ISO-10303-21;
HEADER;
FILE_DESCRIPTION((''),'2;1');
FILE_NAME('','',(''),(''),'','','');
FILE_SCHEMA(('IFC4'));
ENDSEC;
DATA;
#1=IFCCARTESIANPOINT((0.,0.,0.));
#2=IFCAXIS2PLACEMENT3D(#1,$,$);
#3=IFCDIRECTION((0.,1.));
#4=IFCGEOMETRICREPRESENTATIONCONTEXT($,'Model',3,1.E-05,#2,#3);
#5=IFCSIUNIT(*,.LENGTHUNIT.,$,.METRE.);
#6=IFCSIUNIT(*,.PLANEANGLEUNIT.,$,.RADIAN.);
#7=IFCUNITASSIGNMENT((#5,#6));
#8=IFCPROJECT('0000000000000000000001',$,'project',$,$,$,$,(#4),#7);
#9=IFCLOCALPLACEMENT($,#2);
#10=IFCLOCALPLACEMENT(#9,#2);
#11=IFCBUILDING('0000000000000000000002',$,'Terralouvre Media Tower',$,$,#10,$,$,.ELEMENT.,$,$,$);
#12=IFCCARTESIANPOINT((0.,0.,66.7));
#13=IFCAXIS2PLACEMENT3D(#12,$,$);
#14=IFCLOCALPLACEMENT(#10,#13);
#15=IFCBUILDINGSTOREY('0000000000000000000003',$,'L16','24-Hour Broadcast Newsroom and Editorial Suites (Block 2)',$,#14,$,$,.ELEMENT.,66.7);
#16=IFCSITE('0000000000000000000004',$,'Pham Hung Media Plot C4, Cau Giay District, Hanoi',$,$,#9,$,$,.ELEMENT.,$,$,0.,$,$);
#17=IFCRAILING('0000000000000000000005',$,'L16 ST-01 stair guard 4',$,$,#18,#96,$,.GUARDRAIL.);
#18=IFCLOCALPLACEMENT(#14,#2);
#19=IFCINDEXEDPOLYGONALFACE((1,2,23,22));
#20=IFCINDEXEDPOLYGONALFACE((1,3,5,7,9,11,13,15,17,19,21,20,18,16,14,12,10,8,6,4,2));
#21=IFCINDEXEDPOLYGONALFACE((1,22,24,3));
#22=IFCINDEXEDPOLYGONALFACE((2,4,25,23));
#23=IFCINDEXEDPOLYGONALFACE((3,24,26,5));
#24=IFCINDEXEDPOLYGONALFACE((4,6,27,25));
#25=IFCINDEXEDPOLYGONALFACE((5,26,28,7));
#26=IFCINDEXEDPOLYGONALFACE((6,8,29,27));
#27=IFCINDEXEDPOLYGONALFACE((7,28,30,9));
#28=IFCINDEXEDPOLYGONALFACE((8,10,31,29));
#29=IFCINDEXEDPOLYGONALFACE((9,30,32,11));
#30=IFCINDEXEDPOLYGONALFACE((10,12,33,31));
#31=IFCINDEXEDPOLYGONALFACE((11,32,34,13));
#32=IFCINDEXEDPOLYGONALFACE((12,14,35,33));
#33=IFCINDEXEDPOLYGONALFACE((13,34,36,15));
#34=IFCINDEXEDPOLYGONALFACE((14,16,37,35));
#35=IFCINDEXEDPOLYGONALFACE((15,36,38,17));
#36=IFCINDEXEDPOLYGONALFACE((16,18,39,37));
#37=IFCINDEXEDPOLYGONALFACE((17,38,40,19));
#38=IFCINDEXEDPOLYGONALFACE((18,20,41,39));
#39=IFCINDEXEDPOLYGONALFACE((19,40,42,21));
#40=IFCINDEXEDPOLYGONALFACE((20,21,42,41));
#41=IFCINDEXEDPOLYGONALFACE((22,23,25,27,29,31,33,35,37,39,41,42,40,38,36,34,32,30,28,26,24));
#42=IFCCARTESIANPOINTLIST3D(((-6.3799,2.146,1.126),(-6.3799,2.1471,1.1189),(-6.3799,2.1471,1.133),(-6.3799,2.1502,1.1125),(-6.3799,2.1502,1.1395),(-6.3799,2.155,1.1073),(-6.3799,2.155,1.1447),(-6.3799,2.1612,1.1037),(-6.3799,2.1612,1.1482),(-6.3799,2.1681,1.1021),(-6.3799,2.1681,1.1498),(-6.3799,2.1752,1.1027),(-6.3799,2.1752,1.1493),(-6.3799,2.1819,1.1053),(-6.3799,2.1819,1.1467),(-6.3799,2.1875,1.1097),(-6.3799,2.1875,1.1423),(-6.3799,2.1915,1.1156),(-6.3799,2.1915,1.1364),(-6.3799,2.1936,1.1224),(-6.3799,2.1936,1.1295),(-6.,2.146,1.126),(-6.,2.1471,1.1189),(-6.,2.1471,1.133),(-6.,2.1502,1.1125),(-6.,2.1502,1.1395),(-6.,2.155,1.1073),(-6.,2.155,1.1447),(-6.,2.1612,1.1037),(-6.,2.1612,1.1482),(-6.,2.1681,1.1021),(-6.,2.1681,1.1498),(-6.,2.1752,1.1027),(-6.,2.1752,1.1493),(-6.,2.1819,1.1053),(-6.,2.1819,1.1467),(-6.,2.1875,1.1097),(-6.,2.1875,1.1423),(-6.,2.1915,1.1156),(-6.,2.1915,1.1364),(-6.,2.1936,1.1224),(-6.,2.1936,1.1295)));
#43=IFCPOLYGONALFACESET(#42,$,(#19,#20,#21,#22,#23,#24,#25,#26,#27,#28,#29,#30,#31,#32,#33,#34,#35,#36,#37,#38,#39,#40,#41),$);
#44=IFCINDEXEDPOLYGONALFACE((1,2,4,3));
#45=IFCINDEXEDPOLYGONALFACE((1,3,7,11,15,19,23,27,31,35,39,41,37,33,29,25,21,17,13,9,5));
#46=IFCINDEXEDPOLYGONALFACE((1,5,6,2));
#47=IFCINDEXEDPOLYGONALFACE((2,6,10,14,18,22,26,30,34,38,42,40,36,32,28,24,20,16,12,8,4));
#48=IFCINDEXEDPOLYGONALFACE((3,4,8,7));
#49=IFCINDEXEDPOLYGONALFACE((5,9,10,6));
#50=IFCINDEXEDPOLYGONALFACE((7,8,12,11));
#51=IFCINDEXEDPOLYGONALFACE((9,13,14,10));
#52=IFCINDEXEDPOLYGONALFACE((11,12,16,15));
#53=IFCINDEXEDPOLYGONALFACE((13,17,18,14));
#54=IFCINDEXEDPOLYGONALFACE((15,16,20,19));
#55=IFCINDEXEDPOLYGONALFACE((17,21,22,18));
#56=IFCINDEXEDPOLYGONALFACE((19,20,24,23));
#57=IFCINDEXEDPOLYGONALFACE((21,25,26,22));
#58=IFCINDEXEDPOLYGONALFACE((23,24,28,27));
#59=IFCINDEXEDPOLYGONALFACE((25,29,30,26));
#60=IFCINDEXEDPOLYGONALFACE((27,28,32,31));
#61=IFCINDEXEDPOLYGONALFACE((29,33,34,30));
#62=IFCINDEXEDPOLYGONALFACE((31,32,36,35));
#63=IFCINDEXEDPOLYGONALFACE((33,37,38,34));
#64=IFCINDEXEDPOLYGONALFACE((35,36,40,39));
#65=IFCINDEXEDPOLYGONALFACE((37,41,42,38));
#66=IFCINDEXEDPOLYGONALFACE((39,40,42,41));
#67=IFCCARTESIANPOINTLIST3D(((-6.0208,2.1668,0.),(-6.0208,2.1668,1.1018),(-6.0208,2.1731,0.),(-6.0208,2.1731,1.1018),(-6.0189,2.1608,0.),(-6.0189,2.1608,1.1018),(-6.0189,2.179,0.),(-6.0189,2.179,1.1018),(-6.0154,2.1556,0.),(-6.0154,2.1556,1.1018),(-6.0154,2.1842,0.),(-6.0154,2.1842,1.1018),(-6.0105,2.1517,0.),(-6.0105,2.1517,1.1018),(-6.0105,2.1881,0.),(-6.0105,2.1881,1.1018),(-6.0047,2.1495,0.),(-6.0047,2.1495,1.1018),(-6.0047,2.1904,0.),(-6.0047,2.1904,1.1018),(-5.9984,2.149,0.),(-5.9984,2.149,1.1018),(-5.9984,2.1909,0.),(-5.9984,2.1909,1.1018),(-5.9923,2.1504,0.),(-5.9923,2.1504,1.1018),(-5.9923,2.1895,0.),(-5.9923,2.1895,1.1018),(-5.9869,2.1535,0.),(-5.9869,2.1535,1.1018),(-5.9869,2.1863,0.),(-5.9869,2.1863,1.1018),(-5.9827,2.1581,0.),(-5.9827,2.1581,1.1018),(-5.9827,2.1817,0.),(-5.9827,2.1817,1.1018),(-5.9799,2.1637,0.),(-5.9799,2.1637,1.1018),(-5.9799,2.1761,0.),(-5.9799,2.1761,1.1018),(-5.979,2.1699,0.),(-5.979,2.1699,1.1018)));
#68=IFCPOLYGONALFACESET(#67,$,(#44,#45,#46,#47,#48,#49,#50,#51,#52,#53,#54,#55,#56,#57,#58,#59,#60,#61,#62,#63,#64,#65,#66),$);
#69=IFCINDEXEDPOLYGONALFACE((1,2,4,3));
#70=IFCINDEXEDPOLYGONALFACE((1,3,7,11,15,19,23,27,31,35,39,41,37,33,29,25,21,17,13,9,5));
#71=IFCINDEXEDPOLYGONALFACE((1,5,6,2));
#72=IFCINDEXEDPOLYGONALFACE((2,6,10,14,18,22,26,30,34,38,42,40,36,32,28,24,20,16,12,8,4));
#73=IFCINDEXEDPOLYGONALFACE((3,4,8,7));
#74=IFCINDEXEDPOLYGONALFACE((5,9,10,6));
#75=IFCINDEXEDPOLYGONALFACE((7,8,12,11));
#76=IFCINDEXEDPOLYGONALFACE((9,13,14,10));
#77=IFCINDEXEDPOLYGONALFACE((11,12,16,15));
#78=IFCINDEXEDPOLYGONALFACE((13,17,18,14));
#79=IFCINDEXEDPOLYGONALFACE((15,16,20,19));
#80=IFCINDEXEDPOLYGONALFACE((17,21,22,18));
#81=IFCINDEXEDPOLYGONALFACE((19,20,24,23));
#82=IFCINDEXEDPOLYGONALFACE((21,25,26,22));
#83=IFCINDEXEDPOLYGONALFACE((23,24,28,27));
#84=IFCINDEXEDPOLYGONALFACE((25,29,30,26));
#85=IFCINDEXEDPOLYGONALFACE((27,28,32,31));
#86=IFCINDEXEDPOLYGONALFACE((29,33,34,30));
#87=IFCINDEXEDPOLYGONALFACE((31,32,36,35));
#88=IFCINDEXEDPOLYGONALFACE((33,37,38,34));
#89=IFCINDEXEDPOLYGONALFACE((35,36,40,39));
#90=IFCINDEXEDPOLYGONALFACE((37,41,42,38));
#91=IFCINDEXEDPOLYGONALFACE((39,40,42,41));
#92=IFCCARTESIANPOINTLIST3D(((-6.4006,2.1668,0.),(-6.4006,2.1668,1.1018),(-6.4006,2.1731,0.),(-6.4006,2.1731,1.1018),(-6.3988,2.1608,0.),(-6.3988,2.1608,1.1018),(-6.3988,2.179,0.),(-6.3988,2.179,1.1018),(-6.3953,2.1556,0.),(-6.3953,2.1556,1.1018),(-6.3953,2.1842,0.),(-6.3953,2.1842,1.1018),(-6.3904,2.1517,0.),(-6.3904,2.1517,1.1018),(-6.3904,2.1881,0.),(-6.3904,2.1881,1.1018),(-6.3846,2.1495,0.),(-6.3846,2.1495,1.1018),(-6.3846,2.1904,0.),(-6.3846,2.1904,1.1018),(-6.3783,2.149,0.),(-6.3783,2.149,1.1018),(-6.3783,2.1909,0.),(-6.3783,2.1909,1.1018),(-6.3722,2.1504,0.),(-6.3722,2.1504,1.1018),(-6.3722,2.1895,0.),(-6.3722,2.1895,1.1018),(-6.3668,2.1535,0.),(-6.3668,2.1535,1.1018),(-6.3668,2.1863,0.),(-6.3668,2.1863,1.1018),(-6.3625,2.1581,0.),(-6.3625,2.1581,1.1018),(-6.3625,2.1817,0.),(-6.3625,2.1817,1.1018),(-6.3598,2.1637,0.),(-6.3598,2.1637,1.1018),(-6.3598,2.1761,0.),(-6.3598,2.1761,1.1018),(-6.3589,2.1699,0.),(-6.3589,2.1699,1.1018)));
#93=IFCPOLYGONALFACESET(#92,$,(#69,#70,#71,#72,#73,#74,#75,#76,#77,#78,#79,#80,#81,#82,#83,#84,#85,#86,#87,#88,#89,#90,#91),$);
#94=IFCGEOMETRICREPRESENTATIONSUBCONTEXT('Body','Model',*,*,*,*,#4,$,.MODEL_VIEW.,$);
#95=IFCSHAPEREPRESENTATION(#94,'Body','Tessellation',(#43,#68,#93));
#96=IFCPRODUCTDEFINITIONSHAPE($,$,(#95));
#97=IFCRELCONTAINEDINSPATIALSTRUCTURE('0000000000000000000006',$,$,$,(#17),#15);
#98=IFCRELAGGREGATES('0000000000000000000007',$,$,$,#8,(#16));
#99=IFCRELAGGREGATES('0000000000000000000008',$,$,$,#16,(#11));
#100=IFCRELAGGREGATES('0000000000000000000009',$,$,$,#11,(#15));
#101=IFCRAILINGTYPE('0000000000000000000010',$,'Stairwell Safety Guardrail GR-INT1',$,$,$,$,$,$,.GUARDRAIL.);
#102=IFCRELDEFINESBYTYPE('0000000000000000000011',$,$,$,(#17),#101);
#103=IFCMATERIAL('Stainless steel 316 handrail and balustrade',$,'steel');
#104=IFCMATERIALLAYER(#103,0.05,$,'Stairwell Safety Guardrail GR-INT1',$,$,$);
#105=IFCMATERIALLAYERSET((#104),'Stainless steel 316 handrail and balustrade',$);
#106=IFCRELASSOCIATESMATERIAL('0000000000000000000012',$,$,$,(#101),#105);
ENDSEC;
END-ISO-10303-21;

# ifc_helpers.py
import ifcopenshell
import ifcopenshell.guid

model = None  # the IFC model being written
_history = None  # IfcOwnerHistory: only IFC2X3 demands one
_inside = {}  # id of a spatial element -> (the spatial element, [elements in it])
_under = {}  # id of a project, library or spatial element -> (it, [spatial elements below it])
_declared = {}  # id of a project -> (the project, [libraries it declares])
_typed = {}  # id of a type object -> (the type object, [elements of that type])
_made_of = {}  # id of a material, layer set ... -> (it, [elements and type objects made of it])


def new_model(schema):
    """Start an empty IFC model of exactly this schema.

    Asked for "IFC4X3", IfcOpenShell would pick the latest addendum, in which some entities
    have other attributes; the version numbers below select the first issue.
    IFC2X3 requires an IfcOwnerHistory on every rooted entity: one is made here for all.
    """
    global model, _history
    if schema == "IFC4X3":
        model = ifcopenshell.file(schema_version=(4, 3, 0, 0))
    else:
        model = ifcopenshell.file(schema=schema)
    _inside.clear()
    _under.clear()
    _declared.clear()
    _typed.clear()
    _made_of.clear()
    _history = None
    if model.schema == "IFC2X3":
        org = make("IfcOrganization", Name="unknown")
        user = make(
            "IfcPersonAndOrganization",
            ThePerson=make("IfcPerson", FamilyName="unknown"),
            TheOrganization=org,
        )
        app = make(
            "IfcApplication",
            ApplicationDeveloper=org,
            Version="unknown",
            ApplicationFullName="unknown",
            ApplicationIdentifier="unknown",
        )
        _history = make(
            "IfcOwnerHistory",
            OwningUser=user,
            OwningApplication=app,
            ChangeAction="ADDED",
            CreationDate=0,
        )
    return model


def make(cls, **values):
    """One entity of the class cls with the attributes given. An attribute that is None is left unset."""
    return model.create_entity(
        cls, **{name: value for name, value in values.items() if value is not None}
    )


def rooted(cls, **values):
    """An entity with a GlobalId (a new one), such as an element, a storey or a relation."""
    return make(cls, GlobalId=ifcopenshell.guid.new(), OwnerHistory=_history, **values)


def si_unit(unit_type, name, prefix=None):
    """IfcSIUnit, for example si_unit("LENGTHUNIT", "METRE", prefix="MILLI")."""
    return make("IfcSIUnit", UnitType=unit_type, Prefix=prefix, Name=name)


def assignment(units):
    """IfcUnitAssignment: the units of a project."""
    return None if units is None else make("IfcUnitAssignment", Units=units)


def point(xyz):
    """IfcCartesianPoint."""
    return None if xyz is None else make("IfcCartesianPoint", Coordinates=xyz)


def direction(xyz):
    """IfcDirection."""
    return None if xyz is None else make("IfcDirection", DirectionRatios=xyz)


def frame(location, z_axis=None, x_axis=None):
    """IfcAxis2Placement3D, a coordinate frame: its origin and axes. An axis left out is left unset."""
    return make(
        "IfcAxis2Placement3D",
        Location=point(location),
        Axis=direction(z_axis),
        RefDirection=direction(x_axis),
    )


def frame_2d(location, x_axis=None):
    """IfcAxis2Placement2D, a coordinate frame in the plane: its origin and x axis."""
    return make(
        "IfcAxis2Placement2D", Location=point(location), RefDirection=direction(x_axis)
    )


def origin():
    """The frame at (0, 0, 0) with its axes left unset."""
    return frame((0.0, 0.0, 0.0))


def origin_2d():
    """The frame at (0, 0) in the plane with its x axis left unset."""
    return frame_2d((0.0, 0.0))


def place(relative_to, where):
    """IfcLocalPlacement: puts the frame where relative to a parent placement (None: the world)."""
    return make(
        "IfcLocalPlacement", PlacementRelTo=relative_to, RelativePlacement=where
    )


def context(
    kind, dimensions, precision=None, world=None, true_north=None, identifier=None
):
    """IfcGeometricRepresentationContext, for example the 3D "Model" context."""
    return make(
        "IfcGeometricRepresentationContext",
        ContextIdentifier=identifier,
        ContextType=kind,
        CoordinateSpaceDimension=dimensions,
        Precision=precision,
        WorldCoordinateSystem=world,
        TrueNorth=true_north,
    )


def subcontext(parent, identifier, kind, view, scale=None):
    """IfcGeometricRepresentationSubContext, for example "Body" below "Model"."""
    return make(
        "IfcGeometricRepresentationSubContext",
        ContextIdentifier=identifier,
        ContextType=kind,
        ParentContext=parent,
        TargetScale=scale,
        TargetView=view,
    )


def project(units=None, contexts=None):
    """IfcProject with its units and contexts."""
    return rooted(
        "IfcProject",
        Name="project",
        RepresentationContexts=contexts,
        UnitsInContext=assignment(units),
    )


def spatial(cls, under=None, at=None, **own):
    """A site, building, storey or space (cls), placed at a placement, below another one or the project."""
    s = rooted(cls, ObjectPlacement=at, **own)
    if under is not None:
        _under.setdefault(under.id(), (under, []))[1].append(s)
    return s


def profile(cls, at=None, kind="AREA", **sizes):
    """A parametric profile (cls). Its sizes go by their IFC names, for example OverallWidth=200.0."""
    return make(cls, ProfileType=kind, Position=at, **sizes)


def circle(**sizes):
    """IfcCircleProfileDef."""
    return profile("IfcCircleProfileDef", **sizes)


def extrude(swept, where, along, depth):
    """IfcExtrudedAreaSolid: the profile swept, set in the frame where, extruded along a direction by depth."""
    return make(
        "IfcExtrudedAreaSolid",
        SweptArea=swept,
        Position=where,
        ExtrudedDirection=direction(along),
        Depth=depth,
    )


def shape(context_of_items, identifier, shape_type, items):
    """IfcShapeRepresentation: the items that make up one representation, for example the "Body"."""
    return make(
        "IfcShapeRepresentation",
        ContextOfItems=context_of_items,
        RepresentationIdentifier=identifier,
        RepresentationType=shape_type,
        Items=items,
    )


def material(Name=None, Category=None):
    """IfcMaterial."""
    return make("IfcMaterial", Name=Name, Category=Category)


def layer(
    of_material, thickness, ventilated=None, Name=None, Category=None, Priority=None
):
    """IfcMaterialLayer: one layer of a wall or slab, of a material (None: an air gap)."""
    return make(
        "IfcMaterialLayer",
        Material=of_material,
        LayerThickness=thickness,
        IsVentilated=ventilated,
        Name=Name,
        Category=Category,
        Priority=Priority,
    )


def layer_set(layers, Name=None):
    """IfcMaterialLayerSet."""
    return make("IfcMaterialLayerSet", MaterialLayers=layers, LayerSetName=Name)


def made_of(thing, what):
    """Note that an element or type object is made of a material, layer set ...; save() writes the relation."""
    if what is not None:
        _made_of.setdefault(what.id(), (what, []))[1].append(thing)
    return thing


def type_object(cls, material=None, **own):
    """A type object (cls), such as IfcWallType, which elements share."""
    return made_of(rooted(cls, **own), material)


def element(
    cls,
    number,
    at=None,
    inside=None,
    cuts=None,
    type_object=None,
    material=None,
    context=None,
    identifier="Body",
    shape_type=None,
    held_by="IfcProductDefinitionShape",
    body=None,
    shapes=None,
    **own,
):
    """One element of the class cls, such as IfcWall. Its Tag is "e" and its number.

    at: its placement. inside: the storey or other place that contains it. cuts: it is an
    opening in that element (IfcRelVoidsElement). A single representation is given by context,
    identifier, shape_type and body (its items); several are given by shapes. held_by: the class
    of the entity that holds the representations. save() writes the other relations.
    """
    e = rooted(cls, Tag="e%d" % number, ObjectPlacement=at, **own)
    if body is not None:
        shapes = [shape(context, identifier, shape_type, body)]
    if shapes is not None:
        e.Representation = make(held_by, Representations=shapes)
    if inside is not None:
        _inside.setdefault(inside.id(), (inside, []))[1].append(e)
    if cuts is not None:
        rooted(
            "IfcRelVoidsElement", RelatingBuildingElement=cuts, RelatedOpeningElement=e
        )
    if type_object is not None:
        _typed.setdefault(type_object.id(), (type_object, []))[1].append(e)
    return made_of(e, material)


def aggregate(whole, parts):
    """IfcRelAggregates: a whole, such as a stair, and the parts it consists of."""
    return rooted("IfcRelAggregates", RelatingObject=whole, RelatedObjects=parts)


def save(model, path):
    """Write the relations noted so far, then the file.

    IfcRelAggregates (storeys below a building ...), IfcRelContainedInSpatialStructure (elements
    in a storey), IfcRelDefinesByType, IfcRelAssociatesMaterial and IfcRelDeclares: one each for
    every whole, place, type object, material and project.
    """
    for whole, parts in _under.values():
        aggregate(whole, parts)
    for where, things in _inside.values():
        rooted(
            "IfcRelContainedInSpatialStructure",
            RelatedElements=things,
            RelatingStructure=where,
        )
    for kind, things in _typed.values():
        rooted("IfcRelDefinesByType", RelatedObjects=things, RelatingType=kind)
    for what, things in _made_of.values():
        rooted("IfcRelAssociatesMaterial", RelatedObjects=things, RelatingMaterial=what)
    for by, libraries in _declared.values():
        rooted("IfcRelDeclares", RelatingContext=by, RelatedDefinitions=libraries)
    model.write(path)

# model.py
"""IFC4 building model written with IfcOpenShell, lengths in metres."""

from ifc_helpers import new_model, si_unit, direction, frame, origin, origin_2d, place, context, subcontext, project, spatial, circle, extrude, material, layer, layer_set, type_object, element, save


model = new_model("IFC4")

# Units and contexts
model_context = context("Model", 3, precision=1e-05, world=origin(), true_north=direction((0.0, 1.0)))
body_context = subcontext(model_context, "Body", "Model", "MODEL_VIEW")
ifc_project = project(units=[si_unit("LENGTHUNIT", "METRE"), si_unit("PLANEANGLEUNIT", "RADIAN")], contexts=[model_context])

# Site, building, storey
site_placement = place(None, origin())
site = spatial("IfcSite", under=ifc_project, at=site_placement, Name="Pham Hung Media Plot C4, Cau Giay District, Hanoi", CompositionType="ELEMENT", RefElevation=0.0)
building_placement = place(site_placement, origin())
building = spatial("IfcBuilding", under=site, at=building_placement, Name="Terralouvre Media Tower", CompositionType="ELEMENT")
storey_placement = place(building_placement, frame((0.0, 0.0, 66.7)))
storey = spatial("IfcBuildingStorey", under=building, at=storey_placement, Name="L16", Description="24-Hour Broadcast Newsroom and Editorial Suites (Block 2)", CompositionType="ELEMENT", Elevation=66.7)

# Railing
ifc_material_1 = material(Name="Stainless steel 316 handrail and balustrade", Category="steel")
ifc_layer_1 = layer(ifc_material_1, 0.05, Name="Stairwell Safety Guardrail GR-INT1")
ifc_layer_set_1 = layer_set([ifc_layer_1], Name="Stainless steel 316 handrail and balustrade")
railing_type_1 = type_object("IfcRailingType", Name="Stairwell Safety Guardrail GR-INT1", PredefinedType="GUARDRAIL", material=ifc_layer_set_1)
railing_1_placement = place(storey_placement, frame((-6.0, 2.1699, 0.0)))
element("IfcRailing", 1, at=railing_1_placement, inside=storey, type_object=railing_type_1, Name="L16 ST-01 stair guard 4", PredefinedType="GUARDRAIL", context=body_context, shape_type="SweptSolid", body=[
    extrude(circle(Radius=0.0239, at=origin_2d()), frame((0.0, 0.0, 1.126), z_axis=(-1.0, 0.0, 0.0), x_axis=(0.0, -1.0, 0.0)), (0.0, 0.0, 1.0), 0.3799),
    extrude(circle(Radius=0.021, at=origin_2d()), origin(), (0.0, 0.0, 1.0), 1.1018),
    extrude(circle(Radius=0.021, at=origin_2d()), frame((-0.3799, 0.0, 0.0)), (0.0, 0.0, 1.0), 1.1018),
])

save(model, "model.ifc")
